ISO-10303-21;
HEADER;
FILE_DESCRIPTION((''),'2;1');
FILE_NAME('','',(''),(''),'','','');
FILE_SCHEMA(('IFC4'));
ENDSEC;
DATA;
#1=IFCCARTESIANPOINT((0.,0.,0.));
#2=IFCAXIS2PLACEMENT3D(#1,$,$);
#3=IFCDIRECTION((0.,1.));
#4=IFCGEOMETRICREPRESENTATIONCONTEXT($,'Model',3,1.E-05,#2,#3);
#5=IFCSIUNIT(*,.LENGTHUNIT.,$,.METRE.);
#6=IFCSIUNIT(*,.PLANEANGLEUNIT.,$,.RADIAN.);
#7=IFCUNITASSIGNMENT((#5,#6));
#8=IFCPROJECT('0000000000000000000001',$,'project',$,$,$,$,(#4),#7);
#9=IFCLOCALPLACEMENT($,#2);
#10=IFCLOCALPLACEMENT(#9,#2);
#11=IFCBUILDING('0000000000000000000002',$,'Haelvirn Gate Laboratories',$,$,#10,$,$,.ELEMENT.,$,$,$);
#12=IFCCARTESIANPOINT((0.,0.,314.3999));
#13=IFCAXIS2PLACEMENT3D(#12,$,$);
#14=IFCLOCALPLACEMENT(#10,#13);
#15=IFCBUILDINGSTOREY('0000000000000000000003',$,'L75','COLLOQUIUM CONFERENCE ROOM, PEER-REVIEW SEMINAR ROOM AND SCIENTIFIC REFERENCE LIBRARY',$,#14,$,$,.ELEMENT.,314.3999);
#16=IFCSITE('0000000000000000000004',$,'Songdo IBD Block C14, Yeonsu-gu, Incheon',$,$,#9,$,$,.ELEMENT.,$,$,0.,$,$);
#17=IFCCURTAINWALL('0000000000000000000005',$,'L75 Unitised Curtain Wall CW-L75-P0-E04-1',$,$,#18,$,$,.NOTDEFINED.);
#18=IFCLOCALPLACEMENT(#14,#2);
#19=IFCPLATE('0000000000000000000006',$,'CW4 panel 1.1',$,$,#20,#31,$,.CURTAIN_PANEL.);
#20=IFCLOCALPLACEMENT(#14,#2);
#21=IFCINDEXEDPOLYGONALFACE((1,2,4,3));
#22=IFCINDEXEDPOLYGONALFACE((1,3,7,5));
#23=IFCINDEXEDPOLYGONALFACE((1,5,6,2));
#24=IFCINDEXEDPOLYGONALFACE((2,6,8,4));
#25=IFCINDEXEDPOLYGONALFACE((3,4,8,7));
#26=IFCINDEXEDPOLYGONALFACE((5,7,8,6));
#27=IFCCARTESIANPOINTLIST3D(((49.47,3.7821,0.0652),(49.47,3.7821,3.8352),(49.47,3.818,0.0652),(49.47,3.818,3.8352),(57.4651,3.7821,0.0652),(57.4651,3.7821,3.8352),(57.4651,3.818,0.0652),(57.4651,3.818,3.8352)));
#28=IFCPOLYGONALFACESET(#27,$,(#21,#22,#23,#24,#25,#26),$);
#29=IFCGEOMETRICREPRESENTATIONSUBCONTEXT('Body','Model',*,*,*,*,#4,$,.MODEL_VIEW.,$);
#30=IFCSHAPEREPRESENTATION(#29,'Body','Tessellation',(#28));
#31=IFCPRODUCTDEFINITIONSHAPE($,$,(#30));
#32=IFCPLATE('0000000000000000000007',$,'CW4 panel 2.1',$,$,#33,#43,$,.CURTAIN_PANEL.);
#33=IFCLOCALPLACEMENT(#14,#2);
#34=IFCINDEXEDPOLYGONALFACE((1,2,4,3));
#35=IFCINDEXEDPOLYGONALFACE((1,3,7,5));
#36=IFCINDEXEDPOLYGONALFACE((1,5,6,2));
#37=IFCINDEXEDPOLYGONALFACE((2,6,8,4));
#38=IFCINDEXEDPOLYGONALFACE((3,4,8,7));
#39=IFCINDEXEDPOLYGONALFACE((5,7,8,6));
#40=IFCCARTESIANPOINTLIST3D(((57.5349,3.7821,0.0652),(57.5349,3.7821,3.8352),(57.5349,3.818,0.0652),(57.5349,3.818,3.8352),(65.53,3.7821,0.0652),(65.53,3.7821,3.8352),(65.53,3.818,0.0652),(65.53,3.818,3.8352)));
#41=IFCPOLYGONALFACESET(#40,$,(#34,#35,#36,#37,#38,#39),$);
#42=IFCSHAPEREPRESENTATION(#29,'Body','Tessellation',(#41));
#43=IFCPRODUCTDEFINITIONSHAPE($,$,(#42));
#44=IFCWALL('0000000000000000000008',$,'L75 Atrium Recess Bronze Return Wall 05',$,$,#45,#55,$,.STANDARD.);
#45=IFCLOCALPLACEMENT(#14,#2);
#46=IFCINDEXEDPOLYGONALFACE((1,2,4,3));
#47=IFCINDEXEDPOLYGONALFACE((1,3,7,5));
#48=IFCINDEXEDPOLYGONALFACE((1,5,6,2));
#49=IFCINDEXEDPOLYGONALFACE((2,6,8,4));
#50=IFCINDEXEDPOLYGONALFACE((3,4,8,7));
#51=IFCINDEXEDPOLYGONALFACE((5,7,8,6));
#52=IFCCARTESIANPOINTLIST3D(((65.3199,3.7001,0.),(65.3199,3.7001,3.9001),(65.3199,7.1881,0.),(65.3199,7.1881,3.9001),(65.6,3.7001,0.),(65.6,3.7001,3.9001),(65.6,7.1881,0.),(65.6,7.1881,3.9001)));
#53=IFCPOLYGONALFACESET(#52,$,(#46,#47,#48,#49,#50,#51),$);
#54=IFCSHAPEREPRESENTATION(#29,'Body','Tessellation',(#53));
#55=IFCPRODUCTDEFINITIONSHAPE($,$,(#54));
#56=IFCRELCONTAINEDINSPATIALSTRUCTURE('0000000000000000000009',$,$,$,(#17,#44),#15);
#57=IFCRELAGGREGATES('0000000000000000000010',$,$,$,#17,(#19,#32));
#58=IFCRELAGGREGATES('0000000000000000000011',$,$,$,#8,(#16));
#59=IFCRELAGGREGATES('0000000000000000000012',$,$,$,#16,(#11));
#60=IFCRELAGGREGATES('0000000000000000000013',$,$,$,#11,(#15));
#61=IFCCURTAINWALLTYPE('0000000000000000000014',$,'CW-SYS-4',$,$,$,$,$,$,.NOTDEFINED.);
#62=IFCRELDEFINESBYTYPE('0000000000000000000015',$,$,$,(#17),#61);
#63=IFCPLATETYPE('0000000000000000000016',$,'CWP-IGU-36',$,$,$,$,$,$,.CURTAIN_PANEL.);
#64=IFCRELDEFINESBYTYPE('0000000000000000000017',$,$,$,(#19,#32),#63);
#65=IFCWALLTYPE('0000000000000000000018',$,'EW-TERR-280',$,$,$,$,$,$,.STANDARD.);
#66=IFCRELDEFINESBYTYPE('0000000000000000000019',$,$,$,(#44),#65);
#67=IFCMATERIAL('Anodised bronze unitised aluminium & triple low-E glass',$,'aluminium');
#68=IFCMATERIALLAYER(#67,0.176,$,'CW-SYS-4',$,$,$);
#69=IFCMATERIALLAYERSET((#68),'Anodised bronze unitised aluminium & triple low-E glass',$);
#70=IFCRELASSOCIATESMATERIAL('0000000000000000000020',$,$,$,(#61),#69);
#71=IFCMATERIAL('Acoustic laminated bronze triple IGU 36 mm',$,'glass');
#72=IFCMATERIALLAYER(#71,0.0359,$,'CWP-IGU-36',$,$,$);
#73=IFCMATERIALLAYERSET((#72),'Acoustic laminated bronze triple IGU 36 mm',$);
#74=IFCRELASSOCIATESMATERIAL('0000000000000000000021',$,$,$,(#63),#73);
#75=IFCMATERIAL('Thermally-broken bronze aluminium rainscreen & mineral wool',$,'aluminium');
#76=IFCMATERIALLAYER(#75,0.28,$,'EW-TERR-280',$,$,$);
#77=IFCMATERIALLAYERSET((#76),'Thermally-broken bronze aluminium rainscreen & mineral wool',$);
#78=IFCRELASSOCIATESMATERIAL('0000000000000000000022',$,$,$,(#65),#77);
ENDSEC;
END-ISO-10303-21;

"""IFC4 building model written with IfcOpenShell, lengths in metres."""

from ifc_helpers import new_model, si_unit, direction, frame, frame_2d, origin, origin_2d, place, context, subcontext, project, spatial, rectangle, extrude, source, transform, mapped, material, layer, layer_set, type_object, type_shapes, element, aggregate, save


model = new_model("IFC4")

# Units and contexts
model_context = context("Model", 3, precision=1e-05, world=origin(), true_north=direction((0.0, 1.0)))
body_context = subcontext(model_context, "Body", "Model", "MODEL_VIEW")
ifc_project = project(units=[si_unit("LENGTHUNIT", "METRE"), si_unit("PLANEANGLEUNIT", "RADIAN")], contexts=[model_context])

# Site, building, storey
site_placement = place(None, origin())
site = spatial("IfcSite", under=ifc_project, at=site_placement, Name="Songdo IBD Block C14, Yeonsu-gu, Incheon", CompositionType="ELEMENT", RefElevation=0.0)
building_placement = place(site_placement, origin())
building = spatial("IfcBuilding", under=site, at=building_placement, Name="Haelvirn Gate Laboratories", CompositionType="ELEMENT")
storey_placement = place(building_placement, frame((0.0, 0.0, 314.3999)))
storey = spatial("IfcBuildingStorey", under=building, at=storey_placement, Name="L75", Description="COLLOQUIUM CONFERENCE ROOM, PEER-REVIEW SEMINAR ROOM AND SCIENTIFIC REFERENCE LIBRARY", CompositionType="ELEMENT", Elevation=314.3999)

# Curtain wall
ifc_material_1 = material(Name="Anodised bronze unitised aluminium & triple low-E glass", Category="aluminium")
ifc_layer_1 = layer(ifc_material_1, 0.176, Name="CW-SYS-4")
ifc_layer_set_1 = layer_set([ifc_layer_1], Name="Anodised bronze unitised aluminium & triple low-E glass")
curtain_wall_type_1 = type_object("IfcCurtainWallType", Name="CW-SYS-4", PredefinedType="NOTDEFINED", material=ifc_layer_set_1)
curtain_wall_1_placement = place(storey_placement, origin())
curtain_wall_1 = element("IfcCurtainWall", 1, at=curtain_wall_1_placement, inside=storey, type_object=curtain_wall_type_1, Name="L75 Unitised Curtain Wall CW-L75-P0-E04-1", PredefinedType="NOTDEFINED")

# Plates
ifc_material_2 = material(Name="Acoustic laminated bronze triple IGU 36 mm", Category="glass")
ifc_layer_2 = layer(ifc_material_2, 0.0359, Name="CWP-IGU-36")
ifc_layer_set_2 = layer_set([ifc_layer_2], Name="Acoustic laminated bronze triple IGU 36 mm")
plate_type_1 = type_object("IfcPlateType", Name="CWP-IGU-36", PredefinedType="CURTAIN_PANEL", material=ifc_layer_set_2)
shared_shape_1 = source(origin(), body_context, "Body", "SweptSolid", [
    extrude(rectangle(XDim=7.9951, YDim=0.0359, at=origin_2d()), origin(), (0.0, 0.0, 1.0), 3.77),
])
type_shapes(plate_type_1, [shared_shape_1])
plate_1_placement = place(storey_placement, frame((53.4675, 3.8, 0.0652), z_axis=(0.0, 0.0, 1.0), x_axis=(1.0, 0.0, 0.0)))
plate_1 = element("IfcPlate", 2, at=plate_1_placement, type_object=plate_type_1, Name="CW4 panel 1.1", PredefinedType="CURTAIN_PANEL", context=body_context, shape_type="MappedRepresentation", body=[
    mapped(shared_shape_1, transform((0.0, 0.0, 0.0), scale=1.0)),
])
plate_2_placement = place(storey_placement, frame((61.5325, 3.8, 0.0652), z_axis=(0.0, 0.0, 1.0), x_axis=(1.0, 0.0, 0.0)))
plate_2 = element("IfcPlate", 3, at=plate_2_placement, type_object=plate_type_1, Name="CW4 panel 2.1", PredefinedType="CURTAIN_PANEL", context=body_context, shape_type="MappedRepresentation", body=[
    mapped(shared_shape_1, transform((0.0, 0.0, 0.0), scale=1.0)),
])
aggregate(curtain_wall_1, [plate_1, plate_2])

# Wall
ifc_material_3 = material(Name="Thermally-broken bronze aluminium rainscreen & mineral wool", Category="aluminium")
ifc_layer_3 = layer(ifc_material_3, 0.28, Name="EW-TERR-280")
ifc_layer_set_3 = layer_set([ifc_layer_3], Name="Thermally-broken bronze aluminium rainscreen & mineral wool")
wall_type = type_object("IfcWallType", Name="EW-TERR-280", PredefinedType="STANDARD", material=ifc_layer_set_3)
wall_placement = place(storey_placement, frame((65.46, 3.7, 0.0), z_axis=(0.0, 0.0, 1.0), x_axis=(0.0, 1.0, 0.0)))
element("IfcWall", 4, at=wall_placement, inside=storey, type_object=wall_type, Name="L75 Atrium Recess Bronze Return Wall 05", PredefinedType="STANDARD", context=body_context, shape_type="SweptSolid", body=[
    extrude(rectangle(XDim=3.488, YDim=0.28, at=frame_2d((1.7441, 0.0))), origin(), (0.0, 0.0, 1.0), 3.9001),
])

save(model, "model.ifc")
